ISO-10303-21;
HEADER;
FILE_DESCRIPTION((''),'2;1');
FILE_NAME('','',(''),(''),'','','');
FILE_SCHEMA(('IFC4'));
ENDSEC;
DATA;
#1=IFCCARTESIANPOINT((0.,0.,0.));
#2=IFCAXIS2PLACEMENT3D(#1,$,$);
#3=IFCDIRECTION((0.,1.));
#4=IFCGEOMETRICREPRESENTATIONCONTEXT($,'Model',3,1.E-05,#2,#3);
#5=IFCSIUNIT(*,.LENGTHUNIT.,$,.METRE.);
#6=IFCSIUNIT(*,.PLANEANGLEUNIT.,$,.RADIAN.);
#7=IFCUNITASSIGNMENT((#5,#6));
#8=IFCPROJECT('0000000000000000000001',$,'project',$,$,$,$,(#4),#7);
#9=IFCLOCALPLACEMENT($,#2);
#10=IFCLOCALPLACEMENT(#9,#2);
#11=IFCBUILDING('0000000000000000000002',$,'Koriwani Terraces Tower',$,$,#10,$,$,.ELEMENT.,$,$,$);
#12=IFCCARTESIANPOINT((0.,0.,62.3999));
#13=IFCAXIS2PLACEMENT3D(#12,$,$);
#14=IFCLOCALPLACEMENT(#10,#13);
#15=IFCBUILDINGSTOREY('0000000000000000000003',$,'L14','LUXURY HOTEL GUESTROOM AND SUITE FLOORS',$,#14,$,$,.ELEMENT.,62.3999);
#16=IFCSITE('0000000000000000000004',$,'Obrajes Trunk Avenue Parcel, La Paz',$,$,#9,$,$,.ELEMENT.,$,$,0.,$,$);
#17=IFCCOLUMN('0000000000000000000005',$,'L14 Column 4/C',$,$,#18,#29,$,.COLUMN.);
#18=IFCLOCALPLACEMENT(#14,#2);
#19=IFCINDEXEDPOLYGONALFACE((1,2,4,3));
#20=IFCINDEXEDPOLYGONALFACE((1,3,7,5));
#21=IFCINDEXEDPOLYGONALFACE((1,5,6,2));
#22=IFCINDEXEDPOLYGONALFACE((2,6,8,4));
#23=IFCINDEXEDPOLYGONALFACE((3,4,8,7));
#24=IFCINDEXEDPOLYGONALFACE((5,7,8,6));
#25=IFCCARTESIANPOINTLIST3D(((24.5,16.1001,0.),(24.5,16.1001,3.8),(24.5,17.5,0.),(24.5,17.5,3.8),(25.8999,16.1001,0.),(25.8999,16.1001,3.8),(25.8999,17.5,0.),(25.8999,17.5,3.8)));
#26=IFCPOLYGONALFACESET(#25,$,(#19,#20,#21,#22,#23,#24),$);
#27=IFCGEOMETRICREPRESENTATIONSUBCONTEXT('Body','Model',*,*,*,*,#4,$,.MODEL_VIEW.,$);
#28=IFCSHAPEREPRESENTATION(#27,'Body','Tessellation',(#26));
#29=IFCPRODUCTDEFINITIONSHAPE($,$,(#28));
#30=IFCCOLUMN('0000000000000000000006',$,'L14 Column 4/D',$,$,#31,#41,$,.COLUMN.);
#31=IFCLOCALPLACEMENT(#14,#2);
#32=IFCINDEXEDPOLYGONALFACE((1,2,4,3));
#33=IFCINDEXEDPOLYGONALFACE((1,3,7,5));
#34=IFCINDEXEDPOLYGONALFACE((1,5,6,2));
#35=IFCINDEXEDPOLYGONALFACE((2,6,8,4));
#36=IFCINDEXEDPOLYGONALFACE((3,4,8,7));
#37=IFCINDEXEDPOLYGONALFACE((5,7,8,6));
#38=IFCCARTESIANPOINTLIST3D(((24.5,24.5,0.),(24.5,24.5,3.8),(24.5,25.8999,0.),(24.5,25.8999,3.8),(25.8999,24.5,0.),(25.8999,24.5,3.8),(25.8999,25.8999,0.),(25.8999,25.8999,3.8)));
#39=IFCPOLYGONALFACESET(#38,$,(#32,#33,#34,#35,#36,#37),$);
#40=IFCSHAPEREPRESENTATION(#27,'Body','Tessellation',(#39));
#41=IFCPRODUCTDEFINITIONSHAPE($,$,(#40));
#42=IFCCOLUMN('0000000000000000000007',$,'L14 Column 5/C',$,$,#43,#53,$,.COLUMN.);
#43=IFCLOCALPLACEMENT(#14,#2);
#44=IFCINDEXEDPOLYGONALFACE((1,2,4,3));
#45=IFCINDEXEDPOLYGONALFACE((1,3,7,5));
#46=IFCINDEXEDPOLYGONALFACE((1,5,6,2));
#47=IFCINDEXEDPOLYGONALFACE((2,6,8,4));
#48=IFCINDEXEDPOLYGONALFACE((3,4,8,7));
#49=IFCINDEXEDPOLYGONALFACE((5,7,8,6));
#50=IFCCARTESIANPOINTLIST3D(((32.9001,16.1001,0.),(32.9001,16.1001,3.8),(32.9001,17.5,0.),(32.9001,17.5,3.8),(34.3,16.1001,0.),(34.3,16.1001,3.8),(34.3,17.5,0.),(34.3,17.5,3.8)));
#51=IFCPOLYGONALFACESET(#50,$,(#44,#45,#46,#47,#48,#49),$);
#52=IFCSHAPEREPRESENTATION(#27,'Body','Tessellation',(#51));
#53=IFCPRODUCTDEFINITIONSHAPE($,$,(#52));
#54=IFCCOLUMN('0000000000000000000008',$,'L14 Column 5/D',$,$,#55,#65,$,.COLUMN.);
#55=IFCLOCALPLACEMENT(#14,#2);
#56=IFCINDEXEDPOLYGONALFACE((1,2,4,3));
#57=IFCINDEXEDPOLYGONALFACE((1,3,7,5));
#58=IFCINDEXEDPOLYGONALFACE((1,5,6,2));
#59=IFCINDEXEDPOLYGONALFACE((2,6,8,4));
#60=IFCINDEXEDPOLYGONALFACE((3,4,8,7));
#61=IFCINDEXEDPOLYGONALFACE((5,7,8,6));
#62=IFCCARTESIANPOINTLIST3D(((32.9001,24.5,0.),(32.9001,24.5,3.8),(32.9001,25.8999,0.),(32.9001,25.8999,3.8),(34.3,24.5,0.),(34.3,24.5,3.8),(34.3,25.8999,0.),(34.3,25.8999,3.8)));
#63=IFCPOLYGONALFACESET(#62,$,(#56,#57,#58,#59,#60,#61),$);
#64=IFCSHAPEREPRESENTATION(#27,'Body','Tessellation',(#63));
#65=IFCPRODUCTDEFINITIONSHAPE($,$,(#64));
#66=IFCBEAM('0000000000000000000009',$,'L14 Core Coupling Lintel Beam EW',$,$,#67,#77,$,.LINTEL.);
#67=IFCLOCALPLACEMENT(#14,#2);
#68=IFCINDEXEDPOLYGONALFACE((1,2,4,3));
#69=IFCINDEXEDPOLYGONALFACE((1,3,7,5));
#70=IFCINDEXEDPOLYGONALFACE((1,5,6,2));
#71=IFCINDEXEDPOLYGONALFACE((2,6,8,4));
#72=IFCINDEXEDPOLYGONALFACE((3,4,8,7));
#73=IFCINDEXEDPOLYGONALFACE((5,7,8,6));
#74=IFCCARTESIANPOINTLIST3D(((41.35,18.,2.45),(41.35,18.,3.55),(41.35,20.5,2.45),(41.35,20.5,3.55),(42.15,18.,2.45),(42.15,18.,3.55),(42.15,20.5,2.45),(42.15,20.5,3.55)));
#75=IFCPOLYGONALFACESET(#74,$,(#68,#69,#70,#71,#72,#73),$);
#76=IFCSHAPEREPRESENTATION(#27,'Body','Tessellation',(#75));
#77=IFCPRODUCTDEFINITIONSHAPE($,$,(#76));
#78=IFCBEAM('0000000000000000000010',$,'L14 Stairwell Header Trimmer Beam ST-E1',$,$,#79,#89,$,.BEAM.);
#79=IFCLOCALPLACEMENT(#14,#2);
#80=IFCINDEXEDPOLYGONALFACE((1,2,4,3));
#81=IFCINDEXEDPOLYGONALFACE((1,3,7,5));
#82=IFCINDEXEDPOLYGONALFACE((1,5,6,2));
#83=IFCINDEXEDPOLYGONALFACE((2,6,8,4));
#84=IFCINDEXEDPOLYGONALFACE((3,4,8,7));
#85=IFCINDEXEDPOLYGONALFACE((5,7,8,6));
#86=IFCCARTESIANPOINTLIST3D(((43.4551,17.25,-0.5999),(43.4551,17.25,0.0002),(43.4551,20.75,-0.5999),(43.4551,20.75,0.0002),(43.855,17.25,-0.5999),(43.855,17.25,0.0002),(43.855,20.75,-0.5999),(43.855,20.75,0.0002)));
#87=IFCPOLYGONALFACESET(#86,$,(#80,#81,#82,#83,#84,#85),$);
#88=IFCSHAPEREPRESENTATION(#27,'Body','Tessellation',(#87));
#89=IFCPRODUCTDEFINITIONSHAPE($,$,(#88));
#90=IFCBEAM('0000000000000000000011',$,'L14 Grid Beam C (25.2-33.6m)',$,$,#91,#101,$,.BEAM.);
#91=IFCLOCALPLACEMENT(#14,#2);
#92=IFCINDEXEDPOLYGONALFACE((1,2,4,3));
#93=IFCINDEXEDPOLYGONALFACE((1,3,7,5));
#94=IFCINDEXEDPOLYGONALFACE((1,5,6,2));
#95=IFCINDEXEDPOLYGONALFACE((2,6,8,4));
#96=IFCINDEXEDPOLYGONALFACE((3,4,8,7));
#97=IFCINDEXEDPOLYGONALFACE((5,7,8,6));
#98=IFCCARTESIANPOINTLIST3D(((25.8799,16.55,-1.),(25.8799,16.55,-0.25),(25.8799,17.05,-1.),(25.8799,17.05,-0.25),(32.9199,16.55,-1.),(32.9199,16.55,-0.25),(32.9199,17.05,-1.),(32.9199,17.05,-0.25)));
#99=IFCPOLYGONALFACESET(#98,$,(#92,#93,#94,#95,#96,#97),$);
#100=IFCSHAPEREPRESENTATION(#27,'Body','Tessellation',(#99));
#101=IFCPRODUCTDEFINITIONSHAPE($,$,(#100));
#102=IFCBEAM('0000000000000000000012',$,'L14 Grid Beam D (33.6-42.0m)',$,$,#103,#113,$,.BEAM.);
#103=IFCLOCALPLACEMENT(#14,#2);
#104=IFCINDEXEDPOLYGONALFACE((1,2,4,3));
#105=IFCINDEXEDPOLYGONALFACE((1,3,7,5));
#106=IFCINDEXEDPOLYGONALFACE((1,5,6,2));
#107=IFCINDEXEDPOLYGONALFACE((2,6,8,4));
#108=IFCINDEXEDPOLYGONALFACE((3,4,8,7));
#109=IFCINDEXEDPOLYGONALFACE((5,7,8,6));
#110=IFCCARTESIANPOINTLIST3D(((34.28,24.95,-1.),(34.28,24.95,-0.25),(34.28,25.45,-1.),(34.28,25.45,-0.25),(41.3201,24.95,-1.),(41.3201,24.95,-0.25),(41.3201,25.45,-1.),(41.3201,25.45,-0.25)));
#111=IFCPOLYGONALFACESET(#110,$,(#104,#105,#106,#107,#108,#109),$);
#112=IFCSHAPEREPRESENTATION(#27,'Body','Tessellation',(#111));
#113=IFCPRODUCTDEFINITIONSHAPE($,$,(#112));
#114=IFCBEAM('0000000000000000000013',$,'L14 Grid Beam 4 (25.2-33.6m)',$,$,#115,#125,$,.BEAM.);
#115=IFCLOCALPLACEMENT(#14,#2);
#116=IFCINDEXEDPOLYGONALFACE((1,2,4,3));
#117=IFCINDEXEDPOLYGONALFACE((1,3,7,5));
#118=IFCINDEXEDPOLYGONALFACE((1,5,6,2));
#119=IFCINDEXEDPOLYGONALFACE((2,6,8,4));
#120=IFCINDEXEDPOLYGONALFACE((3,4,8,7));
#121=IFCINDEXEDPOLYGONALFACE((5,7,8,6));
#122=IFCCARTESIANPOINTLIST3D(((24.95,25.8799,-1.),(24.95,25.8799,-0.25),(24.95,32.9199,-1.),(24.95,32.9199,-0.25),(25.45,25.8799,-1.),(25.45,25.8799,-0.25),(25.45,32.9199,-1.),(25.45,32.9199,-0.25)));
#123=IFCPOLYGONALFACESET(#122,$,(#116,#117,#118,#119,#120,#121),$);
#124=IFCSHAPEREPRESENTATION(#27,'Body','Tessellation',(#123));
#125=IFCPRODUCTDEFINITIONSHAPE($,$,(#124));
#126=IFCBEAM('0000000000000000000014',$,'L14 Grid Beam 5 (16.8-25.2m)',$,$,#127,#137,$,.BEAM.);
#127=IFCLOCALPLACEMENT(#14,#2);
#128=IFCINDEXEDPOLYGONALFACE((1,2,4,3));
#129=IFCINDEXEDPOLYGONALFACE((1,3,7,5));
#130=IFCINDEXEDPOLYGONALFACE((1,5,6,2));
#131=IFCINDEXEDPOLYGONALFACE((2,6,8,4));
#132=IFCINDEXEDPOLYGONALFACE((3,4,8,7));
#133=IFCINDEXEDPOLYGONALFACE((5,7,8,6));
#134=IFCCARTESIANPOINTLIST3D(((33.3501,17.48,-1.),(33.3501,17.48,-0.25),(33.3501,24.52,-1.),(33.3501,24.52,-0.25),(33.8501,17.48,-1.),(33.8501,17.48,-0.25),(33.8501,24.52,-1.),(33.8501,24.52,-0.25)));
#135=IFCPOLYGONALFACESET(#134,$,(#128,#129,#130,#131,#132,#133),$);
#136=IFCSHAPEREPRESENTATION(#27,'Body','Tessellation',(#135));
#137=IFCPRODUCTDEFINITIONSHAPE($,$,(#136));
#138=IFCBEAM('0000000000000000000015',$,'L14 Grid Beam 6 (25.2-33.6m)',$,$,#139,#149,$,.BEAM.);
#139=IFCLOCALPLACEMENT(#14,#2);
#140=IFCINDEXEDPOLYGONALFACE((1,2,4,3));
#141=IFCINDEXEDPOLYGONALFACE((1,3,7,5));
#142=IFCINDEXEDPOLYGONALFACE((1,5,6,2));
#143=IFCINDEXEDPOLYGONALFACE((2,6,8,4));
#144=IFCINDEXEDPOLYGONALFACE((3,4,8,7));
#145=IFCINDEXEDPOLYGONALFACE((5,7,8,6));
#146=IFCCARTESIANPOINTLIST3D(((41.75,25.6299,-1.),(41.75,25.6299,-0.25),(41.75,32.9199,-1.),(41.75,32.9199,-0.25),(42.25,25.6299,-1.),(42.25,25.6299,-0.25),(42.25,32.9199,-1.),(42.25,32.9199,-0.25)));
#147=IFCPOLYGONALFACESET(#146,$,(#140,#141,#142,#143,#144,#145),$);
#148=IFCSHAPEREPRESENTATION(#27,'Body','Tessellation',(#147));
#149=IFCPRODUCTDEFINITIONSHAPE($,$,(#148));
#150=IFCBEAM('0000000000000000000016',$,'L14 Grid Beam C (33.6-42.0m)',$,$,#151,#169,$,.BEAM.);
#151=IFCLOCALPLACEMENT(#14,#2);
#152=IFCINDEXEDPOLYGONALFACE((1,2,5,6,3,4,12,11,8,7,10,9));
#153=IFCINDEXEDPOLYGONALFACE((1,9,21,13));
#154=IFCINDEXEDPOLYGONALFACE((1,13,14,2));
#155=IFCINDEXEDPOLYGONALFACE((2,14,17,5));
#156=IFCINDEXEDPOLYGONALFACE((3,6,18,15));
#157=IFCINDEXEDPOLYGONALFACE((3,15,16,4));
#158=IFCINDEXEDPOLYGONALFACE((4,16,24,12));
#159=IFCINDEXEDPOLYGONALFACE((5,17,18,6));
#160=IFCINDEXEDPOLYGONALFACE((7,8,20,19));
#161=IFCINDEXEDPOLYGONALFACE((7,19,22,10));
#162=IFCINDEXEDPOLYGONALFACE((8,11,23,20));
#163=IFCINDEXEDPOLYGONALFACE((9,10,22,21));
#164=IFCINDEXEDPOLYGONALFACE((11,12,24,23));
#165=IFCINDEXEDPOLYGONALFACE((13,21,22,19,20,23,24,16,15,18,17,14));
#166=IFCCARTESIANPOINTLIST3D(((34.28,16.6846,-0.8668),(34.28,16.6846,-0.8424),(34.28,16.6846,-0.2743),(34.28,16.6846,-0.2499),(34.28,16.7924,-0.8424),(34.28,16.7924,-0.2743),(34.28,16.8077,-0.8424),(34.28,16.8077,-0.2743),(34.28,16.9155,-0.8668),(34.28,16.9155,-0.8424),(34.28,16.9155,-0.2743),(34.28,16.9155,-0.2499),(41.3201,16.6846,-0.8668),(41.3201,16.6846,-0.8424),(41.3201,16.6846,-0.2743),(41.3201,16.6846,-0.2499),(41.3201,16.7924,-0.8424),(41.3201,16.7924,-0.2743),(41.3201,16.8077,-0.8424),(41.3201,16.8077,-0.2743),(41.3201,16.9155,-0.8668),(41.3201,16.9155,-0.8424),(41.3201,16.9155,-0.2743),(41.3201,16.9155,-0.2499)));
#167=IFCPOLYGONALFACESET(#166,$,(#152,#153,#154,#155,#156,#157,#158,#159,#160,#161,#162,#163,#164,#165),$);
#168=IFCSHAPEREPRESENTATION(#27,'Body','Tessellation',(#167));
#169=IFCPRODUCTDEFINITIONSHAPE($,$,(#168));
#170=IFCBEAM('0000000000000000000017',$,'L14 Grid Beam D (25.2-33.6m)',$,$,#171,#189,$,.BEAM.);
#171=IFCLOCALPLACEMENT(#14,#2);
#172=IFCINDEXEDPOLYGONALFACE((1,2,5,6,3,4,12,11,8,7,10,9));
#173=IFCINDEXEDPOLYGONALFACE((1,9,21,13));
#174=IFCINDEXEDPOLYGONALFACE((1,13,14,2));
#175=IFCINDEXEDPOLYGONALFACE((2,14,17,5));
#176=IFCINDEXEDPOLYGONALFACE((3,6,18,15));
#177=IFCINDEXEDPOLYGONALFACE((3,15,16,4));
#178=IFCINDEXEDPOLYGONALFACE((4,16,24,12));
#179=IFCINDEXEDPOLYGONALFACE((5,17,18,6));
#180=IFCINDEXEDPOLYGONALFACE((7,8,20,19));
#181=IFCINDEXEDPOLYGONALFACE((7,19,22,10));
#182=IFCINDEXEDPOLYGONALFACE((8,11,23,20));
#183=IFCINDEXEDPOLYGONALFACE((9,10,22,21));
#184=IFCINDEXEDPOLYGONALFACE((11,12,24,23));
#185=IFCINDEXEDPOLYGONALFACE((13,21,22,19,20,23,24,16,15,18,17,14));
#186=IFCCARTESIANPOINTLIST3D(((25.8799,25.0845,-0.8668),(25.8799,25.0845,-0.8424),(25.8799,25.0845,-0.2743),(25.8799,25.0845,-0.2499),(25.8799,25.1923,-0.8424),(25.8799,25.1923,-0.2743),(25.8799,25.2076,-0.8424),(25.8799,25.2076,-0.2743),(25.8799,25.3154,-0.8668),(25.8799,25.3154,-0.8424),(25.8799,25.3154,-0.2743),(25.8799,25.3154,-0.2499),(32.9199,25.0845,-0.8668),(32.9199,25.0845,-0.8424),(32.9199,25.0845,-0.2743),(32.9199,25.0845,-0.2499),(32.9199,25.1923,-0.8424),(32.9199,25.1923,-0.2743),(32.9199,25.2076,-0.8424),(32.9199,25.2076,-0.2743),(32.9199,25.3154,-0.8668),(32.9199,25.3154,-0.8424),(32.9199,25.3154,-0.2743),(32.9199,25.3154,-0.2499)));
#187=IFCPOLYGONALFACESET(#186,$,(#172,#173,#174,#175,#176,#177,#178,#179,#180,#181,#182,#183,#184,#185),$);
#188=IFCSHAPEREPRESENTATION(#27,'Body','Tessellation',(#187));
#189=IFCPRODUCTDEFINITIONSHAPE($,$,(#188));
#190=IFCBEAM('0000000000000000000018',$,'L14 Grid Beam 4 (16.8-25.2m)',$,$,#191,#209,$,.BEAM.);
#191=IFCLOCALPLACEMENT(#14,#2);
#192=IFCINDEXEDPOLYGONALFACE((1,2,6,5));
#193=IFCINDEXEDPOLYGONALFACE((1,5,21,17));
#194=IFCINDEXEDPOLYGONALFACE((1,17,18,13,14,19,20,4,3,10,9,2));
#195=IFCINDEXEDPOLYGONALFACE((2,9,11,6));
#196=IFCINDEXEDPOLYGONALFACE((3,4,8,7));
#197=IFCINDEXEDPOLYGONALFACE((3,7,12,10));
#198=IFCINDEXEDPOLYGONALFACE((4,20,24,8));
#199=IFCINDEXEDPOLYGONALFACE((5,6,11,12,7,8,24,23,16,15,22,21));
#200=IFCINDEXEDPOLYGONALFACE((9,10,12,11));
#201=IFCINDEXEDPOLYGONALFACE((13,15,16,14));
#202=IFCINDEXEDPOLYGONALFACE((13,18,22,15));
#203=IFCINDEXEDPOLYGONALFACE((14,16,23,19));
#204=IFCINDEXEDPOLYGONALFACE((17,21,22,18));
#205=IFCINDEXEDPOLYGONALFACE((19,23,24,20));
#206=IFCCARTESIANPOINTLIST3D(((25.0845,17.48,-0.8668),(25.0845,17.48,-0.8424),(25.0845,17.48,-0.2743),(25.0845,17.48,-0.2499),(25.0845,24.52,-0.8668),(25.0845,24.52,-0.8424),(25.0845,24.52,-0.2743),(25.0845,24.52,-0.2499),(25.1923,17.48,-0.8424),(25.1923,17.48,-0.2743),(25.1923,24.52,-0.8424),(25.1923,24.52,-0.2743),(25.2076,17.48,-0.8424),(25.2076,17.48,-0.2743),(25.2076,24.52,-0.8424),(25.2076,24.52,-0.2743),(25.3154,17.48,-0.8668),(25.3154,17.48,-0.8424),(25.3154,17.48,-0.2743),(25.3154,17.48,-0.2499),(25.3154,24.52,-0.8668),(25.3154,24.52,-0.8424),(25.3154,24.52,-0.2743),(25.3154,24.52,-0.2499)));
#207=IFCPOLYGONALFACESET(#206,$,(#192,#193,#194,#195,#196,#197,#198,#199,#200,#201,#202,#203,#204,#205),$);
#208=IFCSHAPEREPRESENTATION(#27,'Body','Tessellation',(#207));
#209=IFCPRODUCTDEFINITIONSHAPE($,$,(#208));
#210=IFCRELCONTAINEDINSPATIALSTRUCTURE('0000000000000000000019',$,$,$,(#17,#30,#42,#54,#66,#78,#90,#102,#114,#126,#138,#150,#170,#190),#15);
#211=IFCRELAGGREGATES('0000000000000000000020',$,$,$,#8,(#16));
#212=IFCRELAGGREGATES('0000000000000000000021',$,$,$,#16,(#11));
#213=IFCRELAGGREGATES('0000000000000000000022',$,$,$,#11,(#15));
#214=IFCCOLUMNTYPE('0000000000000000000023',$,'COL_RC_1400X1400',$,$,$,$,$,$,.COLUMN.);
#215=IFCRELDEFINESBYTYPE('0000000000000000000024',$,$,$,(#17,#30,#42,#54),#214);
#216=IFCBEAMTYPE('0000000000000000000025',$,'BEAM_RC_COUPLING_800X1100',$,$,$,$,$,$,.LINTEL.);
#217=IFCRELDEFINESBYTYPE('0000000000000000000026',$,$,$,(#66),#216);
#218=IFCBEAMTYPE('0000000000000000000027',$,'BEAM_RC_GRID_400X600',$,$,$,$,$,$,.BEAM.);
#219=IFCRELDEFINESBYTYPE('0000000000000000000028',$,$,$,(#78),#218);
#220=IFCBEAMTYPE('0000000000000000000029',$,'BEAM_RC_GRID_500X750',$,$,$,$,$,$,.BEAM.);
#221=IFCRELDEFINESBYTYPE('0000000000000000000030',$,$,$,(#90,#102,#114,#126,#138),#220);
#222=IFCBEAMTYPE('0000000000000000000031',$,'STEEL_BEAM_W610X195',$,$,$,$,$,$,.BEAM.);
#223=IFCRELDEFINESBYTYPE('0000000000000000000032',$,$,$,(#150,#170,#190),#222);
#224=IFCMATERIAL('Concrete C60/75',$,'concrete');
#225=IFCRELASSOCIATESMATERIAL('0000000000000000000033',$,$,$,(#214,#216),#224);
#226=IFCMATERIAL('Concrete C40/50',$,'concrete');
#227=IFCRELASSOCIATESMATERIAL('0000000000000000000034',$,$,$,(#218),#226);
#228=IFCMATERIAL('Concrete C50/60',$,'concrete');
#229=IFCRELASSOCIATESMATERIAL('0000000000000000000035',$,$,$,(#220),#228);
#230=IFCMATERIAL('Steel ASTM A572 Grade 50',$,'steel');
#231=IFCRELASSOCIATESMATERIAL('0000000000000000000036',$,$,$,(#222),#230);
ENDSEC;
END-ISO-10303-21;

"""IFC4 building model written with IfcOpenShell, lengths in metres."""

from ifc_helpers import new_model, si_unit, direction, frame, origin, origin_2d, place, context, subcontext, project, spatial, rectangle, i_section, extrude, material, material_profile, profile_set, type_object, element, save


model = new_model("IFC4")

# Units and contexts
model_context = context("Model", 3, precision=1e-05, world=origin(), true_north=direction((0.0, 1.0)))
body_context = subcontext(model_context, "Body", "Model", "MODEL_VIEW")
ifc_project = project(units=[si_unit("LENGTHUNIT", "METRE"), si_unit("PLANEANGLEUNIT", "RADIAN")], contexts=[model_context])

# Site, building, storey
site_placement = place(None, origin())
site = spatial("IfcSite", under=ifc_project, at=site_placement, Name="Obrajes Trunk Avenue Parcel, La Paz", CompositionType="ELEMENT", RefElevation=0.0)
building_placement = place(site_placement, origin())
building = spatial("IfcBuilding", under=site, at=building_placement, Name="Koriwani Terraces Tower", CompositionType="ELEMENT")
storey_placement = place(building_placement, frame((0.0, 0.0, 62.3999)))
storey = spatial("IfcBuildingStorey", under=building, at=storey_placement, Name="L14", Description="LUXURY HOTEL GUESTROOM AND SUITE FLOORS", CompositionType="ELEMENT", Elevation=62.3999)

# Columns
ifc_material_1 = material(Name="Concrete C60/75", Category="concrete")
ifc_material_profile_1 = material_profile(ifc_material_1, rectangle(XDim=1.3999, YDim=1.3999, at=origin_2d()), Name="Concrete C60/75", Category="LoadBearing")
ifc_profile_set_1 = profile_set([ifc_material_profile_1], Name="Concrete C60/75")
column_type = type_object("IfcColumnType", Name="COL_RC_1400X1400", PredefinedType="COLUMN", material=ifc_profile_set_1)
for number, where, z_axis, x_axis, name in (
    (1, (25.2, 16.8, 0.0), (0.0, 0.0, 1.0), (1.0, 0.0, 0.0), "L14 Column 4/C"),
    (2, (25.2, 25.2, 0.0), (0.0, 0.0, 1.0), (1.0, 0.0, 0.0), "L14 Column 4/D"),
    (3, (33.6001, 16.8, 0.0), (0.0, 0.0, 1.0), (1.0, 0.0, 0.0), "L14 Column 5/C"),
    (4, (33.6001, 25.2, 0.0), (0.0, 0.0, 1.0), (1.0, 0.0, 0.0), "L14 Column 5/D"),
):
    element("IfcColumn", number, at=place(storey_placement, frame(where, z_axis=z_axis, x_axis=x_axis)), inside=storey, type_object=column_type, Name=name, PredefinedType="COLUMN", context=body_context, shape_type="SweptSolid", body=[
        extrude(rectangle(XDim=1.3999, YDim=1.3999, at=origin_2d()), origin(), (0.0, 0.0, 1.0), 3.8),
    ])

# Beams
ifc_material_profile_2 = material_profile(ifc_material_1, rectangle(XDim=0.8, YDim=1.1001, at=origin_2d()), Name="Concrete C60/75", Category="LoadBearing")
ifc_profile_set_2 = profile_set([ifc_material_profile_2], Name="Concrete C60/75")
beam_type_1 = type_object("IfcBeamType", Name="BEAM_RC_COUPLING_800X1100", PredefinedType="LINTEL", material=ifc_profile_set_2)
beam_1_placement = place(storey_placement, frame((41.75, 18.0, 3.0), z_axis=(0.0, 1.0, 0.0), x_axis=(-1.0, 0.0, 0.0)))
element("IfcBeam", 5, at=beam_1_placement, inside=storey, type_object=beam_type_1, Name="L14 Core Coupling Lintel Beam EW", PredefinedType="LINTEL", context=body_context, shape_type="SweptSolid", body=[
    extrude(rectangle(XDim=0.8, YDim=1.1001, at=origin_2d()), origin(), (0.0, 0.0, 1.0), 2.5),
])
ifc_material_2 = material(Name="Concrete C40/50", Category="concrete")
ifc_material_profile_3 = material_profile(ifc_material_2, rectangle(XDim=0.3999, YDim=0.6001, at=origin_2d()), Name="Concrete C40/50", Category="LoadBearing")
ifc_profile_set_3 = profile_set([ifc_material_profile_3], Name="Concrete C40/50")
beam_type_2 = type_object("IfcBeamType", Name="BEAM_RC_GRID_400X600", PredefinedType="BEAM", material=ifc_profile_set_3)
beam_2_placement = place(storey_placement, frame((43.655, 17.25, -0.2998), z_axis=(0.0, 1.0, 0.0), x_axis=(-1.0, 0.0, 0.0)))
element("IfcBeam", 6, at=beam_2_placement, inside=storey, type_object=beam_type_2, Name="L14 Stairwell Header Trimmer Beam ST-E1", PredefinedType="BEAM", context=body_context, shape_type="SweptSolid", body=[
    extrude(rectangle(XDim=0.3999, YDim=0.6001, at=origin_2d()), origin(), (0.0, 0.0, 1.0), 3.5),
])
ifc_material_3 = material(Name="Concrete C50/60", Category="concrete")
ifc_material_profile_4 = material_profile(ifc_material_3, rectangle(XDim=0.5, YDim=0.75, at=origin_2d()), Name="Concrete C50/60", Category="LoadBearing")
ifc_profile_set_4 = profile_set([ifc_material_profile_4], Name="Concrete C50/60")
beam_type_3 = type_object("IfcBeamType", Name="BEAM_RC_GRID_500X750", PredefinedType="BEAM", material=ifc_profile_set_4)
for number, where, z_axis, x_axis, name in (
    (7, (25.8799, 16.8, -0.625), (1.0, 0.0, 0.0), (0.0, 1.0, 0.0), "L14 Grid Beam C (25.2-33.6m)"),
    (8, (34.28, 25.2, -0.625), (1.0, 0.0, 0.0), (0.0, 1.0, 0.0), "L14 Grid Beam D (33.6-42.0m)"),
    (9, (25.2, 25.8799, -0.625), (0.0, 1.0, 0.0), (-1.0, 0.0, 0.0), "L14 Grid Beam 4 (25.2-33.6m)"),
    (10, (33.6001, 17.48, -0.625), (0.0, 1.0, 0.0), (-1.0, 0.0, 0.0), "L14 Grid Beam 5 (16.8-25.2m)"),
):
    element("IfcBeam", number, at=place(storey_placement, frame(where, z_axis=z_axis, x_axis=x_axis)), inside=storey, type_object=beam_type_3, Name=name, PredefinedType="BEAM", context=body_context, shape_type="SweptSolid", body=[
        extrude(rectangle(XDim=0.5, YDim=0.75, at=origin_2d()), origin(), (0.0, 0.0, 1.0), 7.04),
    ])
beam_3_placement = place(storey_placement, frame((42.0, 25.6299, -0.625), z_axis=(0.0, 1.0, 0.0), x_axis=(-1.0, 0.0, 0.0)))
element("IfcBeam", 11, at=beam_3_placement, inside=storey, type_object=beam_type_3, Name="L14 Grid Beam 6 (25.2-33.6m)", PredefinedType="BEAM", context=body_context, shape_type="SweptSolid", body=[
    extrude(rectangle(XDim=0.5, YDim=0.75, at=origin_2d()), origin(), (0.0, 0.0, 1.0), 7.29),
])
ifc_material_4 = material(Name="Steel ASTM A572 Grade 50", Category="steel")
ifc_material_profile_5 = material_profile(ifc_material_4, i_section(OverallWidth=0.231, OverallDepth=0.6169, WebThickness=0.0154, FlangeThickness=0.0244, at=origin_2d()), Name="Steel ASTM A572 Grade 50", Category="LoadBearing")
ifc_profile_set_5 = profile_set([ifc_material_profile_5], Name="Steel ASTM A572 Grade 50")
beam_type_4 = type_object("IfcBeamType", Name="STEEL_BEAM_W610X195", PredefinedType="BEAM", material=ifc_profile_set_5)
for number, where, z_axis, x_axis, name in (
    (12, (34.28, 16.8, -0.5583), (1.0, 0.0, 0.0), (0.0, 1.0, 0.0), "L14 Grid Beam C (33.6-42.0m)"),
    (13, (25.8799, 25.2, -0.5583), (1.0, 0.0, 0.0), (0.0, 1.0, 0.0), "L14 Grid Beam D (25.2-33.6m)"),
    (14, (25.2, 17.48, -0.5583), (0.0, 1.0, 0.0), (-1.0, 0.0, 0.0), "L14 Grid Beam 4 (16.8-25.2m)"),
):
    element("IfcBeam", number, at=place(storey_placement, frame(where, z_axis=z_axis, x_axis=x_axis)), inside=storey, type_object=beam_type_4, Name=name, PredefinedType="BEAM", context=body_context, shape_type="SweptSolid", body=[
        extrude(i_section(OverallWidth=0.231, OverallDepth=0.6169, WebThickness=0.0154, FlangeThickness=0.0244, at=origin_2d()), origin(), (0.0, 0.0, 1.0), 7.04),
    ])

save(model, "model.ifc")
